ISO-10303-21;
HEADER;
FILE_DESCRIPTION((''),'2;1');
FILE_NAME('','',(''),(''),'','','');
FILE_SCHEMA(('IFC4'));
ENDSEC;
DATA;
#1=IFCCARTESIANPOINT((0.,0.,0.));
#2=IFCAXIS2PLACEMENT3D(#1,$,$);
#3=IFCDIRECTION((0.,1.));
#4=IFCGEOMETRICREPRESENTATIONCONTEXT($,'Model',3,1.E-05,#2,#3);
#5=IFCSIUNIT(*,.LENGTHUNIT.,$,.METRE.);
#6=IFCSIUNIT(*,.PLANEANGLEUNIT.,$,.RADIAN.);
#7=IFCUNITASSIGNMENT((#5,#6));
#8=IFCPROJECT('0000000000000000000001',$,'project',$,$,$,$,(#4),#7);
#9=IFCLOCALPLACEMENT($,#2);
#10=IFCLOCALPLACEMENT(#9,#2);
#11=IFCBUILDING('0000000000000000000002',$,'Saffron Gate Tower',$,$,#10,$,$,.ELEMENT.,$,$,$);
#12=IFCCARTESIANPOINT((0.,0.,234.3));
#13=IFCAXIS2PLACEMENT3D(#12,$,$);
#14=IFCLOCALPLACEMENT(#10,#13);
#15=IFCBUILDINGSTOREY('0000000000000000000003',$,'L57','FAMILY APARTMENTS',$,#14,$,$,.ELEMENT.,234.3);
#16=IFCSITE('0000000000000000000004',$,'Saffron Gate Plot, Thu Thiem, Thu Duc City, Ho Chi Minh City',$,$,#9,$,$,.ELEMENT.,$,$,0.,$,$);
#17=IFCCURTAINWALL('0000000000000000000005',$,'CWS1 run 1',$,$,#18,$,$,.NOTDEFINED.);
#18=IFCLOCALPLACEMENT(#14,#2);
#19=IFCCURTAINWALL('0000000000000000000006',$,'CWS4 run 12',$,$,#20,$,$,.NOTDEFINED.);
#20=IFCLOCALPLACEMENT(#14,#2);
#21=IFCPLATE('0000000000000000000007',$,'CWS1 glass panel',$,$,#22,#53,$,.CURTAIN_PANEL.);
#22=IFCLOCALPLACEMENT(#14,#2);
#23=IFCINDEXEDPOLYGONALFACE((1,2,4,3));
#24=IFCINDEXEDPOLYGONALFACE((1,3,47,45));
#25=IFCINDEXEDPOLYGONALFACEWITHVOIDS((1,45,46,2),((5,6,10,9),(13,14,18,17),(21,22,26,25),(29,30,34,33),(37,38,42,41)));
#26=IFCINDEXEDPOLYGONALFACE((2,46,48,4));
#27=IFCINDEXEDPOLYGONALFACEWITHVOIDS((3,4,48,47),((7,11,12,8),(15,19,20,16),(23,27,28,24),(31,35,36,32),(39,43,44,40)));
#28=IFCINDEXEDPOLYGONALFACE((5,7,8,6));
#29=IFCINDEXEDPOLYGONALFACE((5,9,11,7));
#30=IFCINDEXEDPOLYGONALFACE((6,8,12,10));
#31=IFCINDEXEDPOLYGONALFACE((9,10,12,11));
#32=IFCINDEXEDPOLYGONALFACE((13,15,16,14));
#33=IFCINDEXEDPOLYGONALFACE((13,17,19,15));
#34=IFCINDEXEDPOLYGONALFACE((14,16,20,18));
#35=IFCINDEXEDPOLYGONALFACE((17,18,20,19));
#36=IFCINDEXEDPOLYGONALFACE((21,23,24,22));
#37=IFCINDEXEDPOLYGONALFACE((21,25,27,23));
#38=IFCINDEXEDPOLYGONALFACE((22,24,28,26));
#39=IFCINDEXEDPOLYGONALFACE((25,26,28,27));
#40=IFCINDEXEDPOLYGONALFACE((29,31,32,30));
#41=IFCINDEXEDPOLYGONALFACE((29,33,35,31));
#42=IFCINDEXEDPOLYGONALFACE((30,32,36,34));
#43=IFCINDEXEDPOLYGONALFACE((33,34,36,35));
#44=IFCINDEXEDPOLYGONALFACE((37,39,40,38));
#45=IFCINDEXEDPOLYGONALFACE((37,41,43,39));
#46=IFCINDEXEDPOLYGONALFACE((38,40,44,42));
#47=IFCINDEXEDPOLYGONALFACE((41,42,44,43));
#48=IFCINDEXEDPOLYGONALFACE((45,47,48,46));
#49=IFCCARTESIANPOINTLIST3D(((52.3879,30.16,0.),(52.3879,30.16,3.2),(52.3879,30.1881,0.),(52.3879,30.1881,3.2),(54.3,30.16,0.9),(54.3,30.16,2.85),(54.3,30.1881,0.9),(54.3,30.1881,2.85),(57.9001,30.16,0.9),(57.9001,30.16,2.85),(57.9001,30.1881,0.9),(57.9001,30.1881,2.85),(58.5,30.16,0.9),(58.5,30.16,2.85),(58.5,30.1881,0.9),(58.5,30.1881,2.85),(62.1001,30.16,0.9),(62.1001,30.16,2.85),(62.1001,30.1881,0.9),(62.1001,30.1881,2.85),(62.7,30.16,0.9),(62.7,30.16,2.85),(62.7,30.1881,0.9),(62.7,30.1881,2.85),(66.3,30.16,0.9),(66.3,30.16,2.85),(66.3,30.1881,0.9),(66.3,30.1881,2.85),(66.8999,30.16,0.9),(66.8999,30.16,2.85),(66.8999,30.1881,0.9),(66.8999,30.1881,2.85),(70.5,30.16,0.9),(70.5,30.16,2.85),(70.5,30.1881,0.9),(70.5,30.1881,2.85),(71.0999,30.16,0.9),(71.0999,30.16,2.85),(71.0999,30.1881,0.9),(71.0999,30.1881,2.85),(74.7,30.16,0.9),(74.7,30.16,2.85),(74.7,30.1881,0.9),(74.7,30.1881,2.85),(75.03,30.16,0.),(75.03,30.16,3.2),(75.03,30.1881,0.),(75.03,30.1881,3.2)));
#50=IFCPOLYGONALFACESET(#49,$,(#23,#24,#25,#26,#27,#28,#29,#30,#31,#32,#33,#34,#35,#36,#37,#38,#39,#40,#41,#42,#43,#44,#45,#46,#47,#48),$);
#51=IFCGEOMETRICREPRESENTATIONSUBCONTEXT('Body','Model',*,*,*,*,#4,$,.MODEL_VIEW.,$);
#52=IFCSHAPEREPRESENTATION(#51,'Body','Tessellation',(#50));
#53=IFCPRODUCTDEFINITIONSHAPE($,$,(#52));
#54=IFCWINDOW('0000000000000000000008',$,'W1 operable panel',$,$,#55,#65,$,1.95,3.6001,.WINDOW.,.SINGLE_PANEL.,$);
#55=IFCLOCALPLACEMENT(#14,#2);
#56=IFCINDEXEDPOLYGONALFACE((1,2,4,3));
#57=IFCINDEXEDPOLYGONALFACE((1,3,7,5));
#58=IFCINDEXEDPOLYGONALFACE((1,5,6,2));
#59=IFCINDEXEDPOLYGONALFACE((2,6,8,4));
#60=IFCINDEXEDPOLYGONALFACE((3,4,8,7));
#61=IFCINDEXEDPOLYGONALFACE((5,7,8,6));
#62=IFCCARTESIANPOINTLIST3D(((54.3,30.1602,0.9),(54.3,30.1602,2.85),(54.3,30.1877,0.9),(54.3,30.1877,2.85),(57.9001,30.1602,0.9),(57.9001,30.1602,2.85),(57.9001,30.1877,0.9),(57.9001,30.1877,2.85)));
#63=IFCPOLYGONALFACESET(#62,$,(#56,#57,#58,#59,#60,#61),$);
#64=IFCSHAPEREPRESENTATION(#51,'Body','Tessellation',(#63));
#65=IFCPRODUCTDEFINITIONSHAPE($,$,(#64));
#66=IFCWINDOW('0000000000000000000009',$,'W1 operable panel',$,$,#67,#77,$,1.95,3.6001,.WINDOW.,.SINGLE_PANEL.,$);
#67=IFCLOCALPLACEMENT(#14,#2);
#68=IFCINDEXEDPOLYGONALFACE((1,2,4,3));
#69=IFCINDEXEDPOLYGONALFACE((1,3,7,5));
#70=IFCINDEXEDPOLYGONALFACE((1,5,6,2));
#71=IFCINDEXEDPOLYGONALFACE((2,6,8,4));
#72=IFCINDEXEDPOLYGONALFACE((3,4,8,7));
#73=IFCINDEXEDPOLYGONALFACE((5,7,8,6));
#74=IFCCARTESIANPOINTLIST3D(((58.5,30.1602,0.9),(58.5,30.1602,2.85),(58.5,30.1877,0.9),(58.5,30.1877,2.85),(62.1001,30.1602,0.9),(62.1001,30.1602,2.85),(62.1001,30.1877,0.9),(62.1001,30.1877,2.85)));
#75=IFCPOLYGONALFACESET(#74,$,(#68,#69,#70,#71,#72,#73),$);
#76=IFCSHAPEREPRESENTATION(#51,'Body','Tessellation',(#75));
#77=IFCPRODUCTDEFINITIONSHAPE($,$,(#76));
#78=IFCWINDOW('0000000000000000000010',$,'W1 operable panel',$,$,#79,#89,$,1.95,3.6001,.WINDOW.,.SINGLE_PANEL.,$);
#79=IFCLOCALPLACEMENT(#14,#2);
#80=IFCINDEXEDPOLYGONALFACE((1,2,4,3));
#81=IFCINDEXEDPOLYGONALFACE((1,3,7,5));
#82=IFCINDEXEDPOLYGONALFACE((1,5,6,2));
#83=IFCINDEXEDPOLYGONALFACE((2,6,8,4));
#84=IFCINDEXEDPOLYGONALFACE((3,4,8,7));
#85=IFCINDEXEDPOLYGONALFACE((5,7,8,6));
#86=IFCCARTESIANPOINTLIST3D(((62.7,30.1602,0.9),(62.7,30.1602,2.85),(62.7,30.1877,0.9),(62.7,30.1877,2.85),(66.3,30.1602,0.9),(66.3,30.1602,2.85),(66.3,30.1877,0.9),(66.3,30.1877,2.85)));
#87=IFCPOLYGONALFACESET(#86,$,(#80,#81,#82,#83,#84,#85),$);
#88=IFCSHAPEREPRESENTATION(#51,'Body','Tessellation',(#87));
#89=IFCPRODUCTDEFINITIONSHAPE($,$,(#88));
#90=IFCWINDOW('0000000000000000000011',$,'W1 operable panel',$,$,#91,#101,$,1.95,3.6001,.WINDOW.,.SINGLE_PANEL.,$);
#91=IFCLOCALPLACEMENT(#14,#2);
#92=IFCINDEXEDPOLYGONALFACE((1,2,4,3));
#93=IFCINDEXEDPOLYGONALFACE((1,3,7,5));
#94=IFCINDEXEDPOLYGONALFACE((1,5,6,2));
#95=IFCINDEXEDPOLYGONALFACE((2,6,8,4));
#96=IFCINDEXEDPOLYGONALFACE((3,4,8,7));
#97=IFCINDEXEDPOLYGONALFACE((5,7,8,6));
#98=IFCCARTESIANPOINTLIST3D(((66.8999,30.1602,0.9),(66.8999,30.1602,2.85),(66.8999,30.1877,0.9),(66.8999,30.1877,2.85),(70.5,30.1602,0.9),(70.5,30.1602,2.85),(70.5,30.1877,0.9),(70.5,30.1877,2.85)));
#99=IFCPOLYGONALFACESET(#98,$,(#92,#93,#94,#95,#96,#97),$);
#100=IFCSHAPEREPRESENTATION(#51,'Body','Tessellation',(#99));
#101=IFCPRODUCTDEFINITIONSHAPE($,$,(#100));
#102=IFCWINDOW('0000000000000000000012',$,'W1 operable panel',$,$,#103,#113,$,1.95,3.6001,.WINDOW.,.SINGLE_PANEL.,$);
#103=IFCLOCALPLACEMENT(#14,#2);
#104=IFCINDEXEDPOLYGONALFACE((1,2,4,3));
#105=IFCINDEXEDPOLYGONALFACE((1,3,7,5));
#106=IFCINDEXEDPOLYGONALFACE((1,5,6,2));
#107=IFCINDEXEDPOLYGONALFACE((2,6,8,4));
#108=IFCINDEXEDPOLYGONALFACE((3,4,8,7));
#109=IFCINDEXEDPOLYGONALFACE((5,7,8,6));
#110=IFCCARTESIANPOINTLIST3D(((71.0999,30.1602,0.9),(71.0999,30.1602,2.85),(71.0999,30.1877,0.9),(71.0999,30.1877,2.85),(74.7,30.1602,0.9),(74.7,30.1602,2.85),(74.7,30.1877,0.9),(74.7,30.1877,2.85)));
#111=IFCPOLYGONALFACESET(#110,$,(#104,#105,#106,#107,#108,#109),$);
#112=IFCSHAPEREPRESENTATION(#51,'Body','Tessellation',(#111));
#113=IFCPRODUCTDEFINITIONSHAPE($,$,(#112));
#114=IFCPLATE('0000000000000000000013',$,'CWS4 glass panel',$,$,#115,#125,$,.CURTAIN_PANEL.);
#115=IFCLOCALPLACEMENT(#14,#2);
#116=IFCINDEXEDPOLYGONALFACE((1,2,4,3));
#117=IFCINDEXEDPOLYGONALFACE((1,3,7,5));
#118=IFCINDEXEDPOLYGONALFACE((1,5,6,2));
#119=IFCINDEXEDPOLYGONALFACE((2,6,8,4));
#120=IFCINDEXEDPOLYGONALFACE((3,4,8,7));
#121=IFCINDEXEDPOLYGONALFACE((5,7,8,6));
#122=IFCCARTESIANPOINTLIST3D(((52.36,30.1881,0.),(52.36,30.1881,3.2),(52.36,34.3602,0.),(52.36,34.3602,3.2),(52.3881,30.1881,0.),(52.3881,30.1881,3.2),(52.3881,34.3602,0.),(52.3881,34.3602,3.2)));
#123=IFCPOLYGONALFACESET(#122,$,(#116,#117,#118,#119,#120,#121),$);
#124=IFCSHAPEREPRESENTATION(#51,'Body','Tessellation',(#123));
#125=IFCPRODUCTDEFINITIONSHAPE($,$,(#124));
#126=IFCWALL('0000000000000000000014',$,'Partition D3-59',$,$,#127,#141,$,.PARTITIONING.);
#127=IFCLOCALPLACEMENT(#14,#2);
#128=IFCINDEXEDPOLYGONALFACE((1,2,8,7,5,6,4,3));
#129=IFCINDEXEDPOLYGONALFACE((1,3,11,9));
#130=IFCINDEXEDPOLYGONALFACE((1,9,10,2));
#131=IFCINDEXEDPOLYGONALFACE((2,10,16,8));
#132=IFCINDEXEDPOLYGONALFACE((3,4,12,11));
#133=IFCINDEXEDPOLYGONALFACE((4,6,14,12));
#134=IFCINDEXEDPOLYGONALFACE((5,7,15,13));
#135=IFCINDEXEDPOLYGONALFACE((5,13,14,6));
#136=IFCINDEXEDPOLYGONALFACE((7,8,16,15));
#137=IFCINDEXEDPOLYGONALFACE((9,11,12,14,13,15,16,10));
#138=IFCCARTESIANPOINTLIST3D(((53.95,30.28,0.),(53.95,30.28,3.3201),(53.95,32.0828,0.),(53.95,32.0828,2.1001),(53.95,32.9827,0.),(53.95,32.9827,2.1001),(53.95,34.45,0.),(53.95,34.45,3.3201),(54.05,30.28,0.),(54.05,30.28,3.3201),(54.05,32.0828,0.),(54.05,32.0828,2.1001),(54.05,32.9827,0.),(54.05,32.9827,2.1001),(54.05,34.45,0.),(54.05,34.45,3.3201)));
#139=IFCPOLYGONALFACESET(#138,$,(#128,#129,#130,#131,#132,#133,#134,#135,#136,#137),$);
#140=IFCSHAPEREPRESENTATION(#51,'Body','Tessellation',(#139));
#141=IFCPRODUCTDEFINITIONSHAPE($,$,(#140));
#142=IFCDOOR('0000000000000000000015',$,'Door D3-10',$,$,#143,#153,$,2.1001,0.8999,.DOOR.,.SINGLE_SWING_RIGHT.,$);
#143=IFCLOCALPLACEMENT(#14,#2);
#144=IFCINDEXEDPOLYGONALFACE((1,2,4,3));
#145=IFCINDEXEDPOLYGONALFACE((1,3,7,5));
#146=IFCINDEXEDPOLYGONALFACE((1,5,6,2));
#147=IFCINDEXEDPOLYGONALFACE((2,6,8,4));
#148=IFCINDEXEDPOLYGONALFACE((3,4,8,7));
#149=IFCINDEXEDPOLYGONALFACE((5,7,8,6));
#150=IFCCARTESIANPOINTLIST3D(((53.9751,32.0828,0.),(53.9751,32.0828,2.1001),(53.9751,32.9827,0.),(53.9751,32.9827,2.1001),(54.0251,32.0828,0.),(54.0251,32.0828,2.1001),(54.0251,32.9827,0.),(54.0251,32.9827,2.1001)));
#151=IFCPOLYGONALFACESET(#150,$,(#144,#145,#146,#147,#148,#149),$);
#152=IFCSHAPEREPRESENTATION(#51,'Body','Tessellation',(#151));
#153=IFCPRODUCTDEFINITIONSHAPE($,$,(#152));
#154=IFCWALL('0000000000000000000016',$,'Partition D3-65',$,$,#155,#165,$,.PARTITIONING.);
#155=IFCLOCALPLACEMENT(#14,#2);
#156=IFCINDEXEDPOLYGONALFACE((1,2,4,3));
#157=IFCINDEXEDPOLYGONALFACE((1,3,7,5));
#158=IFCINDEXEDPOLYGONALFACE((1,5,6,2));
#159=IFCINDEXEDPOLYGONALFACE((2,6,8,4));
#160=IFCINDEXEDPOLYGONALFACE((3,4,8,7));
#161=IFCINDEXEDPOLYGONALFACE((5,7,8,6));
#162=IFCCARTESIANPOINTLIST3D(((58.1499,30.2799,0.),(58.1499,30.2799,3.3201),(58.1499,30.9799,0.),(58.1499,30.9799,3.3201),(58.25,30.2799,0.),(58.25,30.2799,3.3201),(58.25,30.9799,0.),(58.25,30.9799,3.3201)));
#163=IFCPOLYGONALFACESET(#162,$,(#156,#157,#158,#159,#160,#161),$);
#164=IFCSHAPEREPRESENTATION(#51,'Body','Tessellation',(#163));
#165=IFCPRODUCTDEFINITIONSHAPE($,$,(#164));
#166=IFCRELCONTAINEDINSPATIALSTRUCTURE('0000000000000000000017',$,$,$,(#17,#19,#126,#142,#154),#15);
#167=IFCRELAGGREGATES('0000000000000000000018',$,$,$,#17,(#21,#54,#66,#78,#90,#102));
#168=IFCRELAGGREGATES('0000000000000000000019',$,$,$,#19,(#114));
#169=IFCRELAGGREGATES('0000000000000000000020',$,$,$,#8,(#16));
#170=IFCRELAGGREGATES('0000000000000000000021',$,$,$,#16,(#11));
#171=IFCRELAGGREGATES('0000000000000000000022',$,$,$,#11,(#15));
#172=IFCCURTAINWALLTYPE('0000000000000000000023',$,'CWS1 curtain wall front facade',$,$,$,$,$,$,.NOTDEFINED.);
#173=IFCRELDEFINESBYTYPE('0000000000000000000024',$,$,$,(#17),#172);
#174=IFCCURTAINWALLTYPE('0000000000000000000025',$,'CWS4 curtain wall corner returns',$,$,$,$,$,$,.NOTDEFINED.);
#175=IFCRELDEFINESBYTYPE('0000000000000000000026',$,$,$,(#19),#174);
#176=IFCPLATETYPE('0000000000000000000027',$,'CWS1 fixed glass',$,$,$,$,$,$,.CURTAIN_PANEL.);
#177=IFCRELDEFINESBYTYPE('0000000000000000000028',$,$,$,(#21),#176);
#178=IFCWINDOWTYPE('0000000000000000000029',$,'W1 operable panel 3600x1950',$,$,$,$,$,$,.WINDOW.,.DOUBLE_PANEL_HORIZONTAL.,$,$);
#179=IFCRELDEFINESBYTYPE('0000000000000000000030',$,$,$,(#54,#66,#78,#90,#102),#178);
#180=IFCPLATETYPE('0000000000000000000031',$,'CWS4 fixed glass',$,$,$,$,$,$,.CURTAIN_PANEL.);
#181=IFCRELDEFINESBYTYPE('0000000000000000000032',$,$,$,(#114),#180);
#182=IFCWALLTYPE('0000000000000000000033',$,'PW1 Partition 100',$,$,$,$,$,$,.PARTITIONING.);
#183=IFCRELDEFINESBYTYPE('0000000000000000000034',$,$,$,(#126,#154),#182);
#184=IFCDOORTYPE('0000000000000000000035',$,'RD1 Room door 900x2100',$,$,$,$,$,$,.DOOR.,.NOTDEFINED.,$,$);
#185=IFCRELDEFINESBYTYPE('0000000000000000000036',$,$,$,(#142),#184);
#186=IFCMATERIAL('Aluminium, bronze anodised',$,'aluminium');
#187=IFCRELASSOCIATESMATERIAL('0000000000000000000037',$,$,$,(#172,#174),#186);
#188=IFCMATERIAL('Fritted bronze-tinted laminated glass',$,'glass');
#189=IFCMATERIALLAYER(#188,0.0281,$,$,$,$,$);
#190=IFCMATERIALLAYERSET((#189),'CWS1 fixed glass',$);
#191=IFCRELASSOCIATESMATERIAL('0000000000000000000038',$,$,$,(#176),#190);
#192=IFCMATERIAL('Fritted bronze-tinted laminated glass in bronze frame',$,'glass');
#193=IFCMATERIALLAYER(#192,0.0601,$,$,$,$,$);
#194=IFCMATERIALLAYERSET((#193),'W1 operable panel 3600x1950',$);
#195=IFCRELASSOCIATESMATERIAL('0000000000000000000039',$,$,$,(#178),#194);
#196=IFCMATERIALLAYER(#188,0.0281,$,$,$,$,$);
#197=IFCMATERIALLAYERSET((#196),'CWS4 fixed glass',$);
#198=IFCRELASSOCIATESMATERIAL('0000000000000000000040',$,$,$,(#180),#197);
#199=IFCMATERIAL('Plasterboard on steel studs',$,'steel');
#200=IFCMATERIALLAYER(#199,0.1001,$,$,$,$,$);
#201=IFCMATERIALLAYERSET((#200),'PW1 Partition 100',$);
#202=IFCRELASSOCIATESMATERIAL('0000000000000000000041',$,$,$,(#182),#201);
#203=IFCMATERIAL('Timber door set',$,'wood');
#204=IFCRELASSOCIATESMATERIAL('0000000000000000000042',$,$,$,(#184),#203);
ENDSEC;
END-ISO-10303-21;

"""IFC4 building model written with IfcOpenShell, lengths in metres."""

from ifc_helpers import new_model, si_unit, direction, frame, frame_2d, origin, place, context, subcontext, project, spatial, rectangle, extrude, material, layer, layer_set, type_object, element, fill, aggregate, save


model = new_model("IFC4")

# Units and contexts
model_context = context("Model", 3, precision=1e-05, world=origin(), true_north=direction((0.0, 1.0)))
body_context = subcontext(model_context, "Body", "Model", "MODEL_VIEW")
ifc_project = project(units=[si_unit("LENGTHUNIT", "METRE"), si_unit("PLANEANGLEUNIT", "RADIAN")], contexts=[model_context])

# Site, building, storey
site_placement = place(None, origin())
site = spatial("IfcSite", under=ifc_project, at=site_placement, Name="Saffron Gate Plot, Thu Thiem, Thu Duc City, Ho Chi Minh City", CompositionType="ELEMENT", RefElevation=0.0)
building_placement = place(site_placement, origin())
building = spatial("IfcBuilding", under=site, at=building_placement, Name="Saffron Gate Tower", CompositionType="ELEMENT")
storey_placement = place(building_placement, frame((0.0, 0.0, 234.3)))
storey = spatial("IfcBuildingStorey", under=building, at=storey_placement, Name="L57", Description="FAMILY APARTMENTS", CompositionType="ELEMENT", Elevation=234.3)

# Curtain walls
ifc_material_1 = material(Name="Aluminium, bronze anodised", Category="aluminium")
curtain_wall_type_1 = type_object("IfcCurtainWallType", Name="CWS1 curtain wall front facade", PredefinedType="NOTDEFINED", material=ifc_material_1)
curtain_wall_1_placement = place(storey_placement, origin())
curtain_wall_1 = element("IfcCurtainWall", 1, at=curtain_wall_1_placement, inside=storey, type_object=curtain_wall_type_1, Name="CWS1 run 1", PredefinedType="NOTDEFINED")
curtain_wall_type_2 = type_object("IfcCurtainWallType", Name="CWS4 curtain wall corner returns", PredefinedType="NOTDEFINED", material=ifc_material_1)
curtain_wall_2_placement = place(storey_placement, origin())
curtain_wall_2 = element("IfcCurtainWall", 2, at=curtain_wall_2_placement, inside=storey, type_object=curtain_wall_type_2, Name="CWS4 run 12", PredefinedType="NOTDEFINED")

# Plate, openings, windows
ifc_material_2 = material(Name="Fritted bronze-tinted laminated glass", Category="glass")
ifc_layer_1 = layer(ifc_material_2, 0.0281)
ifc_layer_set_1 = layer_set([ifc_layer_1], Name="CWS1 fixed glass")
plate_type_1 = type_object("IfcPlateType", Name="CWS1 fixed glass", PredefinedType="CURTAIN_PANEL", material=ifc_layer_set_1)
plate_1_placement = place(storey_placement, frame((52.3879, 30.1741, 0.0), z_axis=(0.0, 0.0, 1.0), x_axis=(1.0, 0.0, 0.0)))
plate_1 = element("IfcPlate", 3, at=plate_1_placement, type_object=plate_type_1, Name="CWS1 glass panel", PredefinedType="CURTAIN_PANEL", context=body_context, shape_type="SweptSolid", body=[
    extrude(rectangle(XDim=22.6421, YDim=0.0281, at=frame_2d((11.321, 0.0))), origin(), (0.0, 0.0, 1.0), 3.2),
])
opening_1_placement = place(plate_1_placement, frame((1.9121, 0.0, 0.8999)))
opening_1 = element("IfcOpeningElement", 4, at=opening_1_placement, cuts=plate_1, PredefinedType="OPENING", context=body_context, shape_type="SweptSolid", body=[
    extrude(rectangle(XDim=3.6001, YDim=1.95, at=frame_2d((1.8, 0.9751))), frame((0.0, 0.0239, 0.0), z_axis=(0.0, -1.0, 0.0), x_axis=(1.0, 0.0, 0.0)), (0.0, 0.0, 1.0), 0.0481),
])
opening_2_placement = place(plate_1_placement, frame((6.1121, 0.0, 0.8999)))
opening_2 = element("IfcOpeningElement", 5, at=opening_2_placement, cuts=plate_1, PredefinedType="OPENING", context=body_context, shape_type="SweptSolid", body=[
    extrude(rectangle(XDim=3.6001, YDim=1.95, at=frame_2d((1.8, 0.9751))), frame((0.0, 0.0239, 0.0), z_axis=(0.0, -1.0, 0.0), x_axis=(1.0, 0.0, 0.0)), (0.0, 0.0, 1.0), 0.0481),
])
opening_3_placement = place(plate_1_placement, frame((10.312, 0.0, 0.8999)))
opening_3 = element("IfcOpeningElement", 6, at=opening_3_placement, cuts=plate_1, PredefinedType="OPENING", context=body_context, shape_type="SweptSolid", body=[
    extrude(rectangle(XDim=3.6001, YDim=1.95, at=frame_2d((1.8, 0.9751))), frame((0.0, 0.0239, 0.0), z_axis=(0.0, -1.0, 0.0), x_axis=(1.0, 0.0, 0.0)), (0.0, 0.0, 1.0), 0.0481),
])
opening_4_placement = place(plate_1_placement, frame((14.512, 0.0, 0.8999)))
opening_4 = element("IfcOpeningElement", 7, at=opening_4_placement, cuts=plate_1, PredefinedType="OPENING", context=body_context, shape_type="SweptSolid", body=[
    extrude(rectangle(XDim=3.6001, YDim=1.95, at=frame_2d((1.8, 0.9751))), frame((0.0, 0.0239, 0.0), z_axis=(0.0, -1.0, 0.0), x_axis=(1.0, 0.0, 0.0)), (0.0, 0.0, 1.0), 0.0481),
])
opening_5_placement = place(plate_1_placement, frame((18.7119, 0.0, 0.8999)))
opening_5 = element("IfcOpeningElement", 8, at=opening_5_placement, cuts=plate_1, PredefinedType="OPENING", context=body_context, shape_type="SweptSolid", body=[
    extrude(rectangle(XDim=3.6001, YDim=1.95, at=frame_2d((1.8, 0.9751))), frame((0.0, 0.0239, 0.0), z_axis=(0.0, -1.0, 0.0), x_axis=(1.0, 0.0, 0.0)), (0.0, 0.0, 1.0), 0.0481),
])
ifc_material_3 = material(Name="Fritted bronze-tinted laminated glass in bronze frame", Category="glass")
ifc_layer_2 = layer(ifc_material_3, 0.0601)
ifc_layer_set_2 = layer_set([ifc_layer_2], Name="W1 operable panel 3600x1950")
window_type = type_object("IfcWindowType", Name="W1 operable panel 3600x1950", PartitioningType="DOUBLE_PANEL_HORIZONTAL", PredefinedType="WINDOW", material=ifc_layer_set_2)
window_1_placement = place(opening_1_placement, origin())
window_1 = element("IfcWindow", 9, at=window_1_placement, type_object=window_type, Name="W1 operable panel", OverallHeight=1.95, OverallWidth=3.6001, PartitioningType="SINGLE_PANEL", PredefinedType="WINDOW", context=body_context, shape_type="SweptSolid", body=[
    extrude(rectangle(XDim=3.6001, YDim=1.95, at=frame_2d((1.8, 0.9751))), frame((0.0, 0.0137, 0.0), z_axis=(0.0, -1.0, 0.0), x_axis=(1.0, 0.0, 0.0)), (0.0, 0.0, 1.0), 0.0276),
])
fill(opening_1, window_1)
window_2_placement = place(opening_2_placement, origin())
window_2 = element("IfcWindow", 10, at=window_2_placement, type_object=window_type, Name="W1 operable panel", OverallHeight=1.95, OverallWidth=3.6001, PartitioningType="SINGLE_PANEL", PredefinedType="WINDOW", context=body_context, shape_type="SweptSolid", body=[
    extrude(rectangle(XDim=3.6001, YDim=1.95, at=frame_2d((1.8, 0.9751))), frame((0.0, 0.0137, 0.0), z_axis=(0.0, -1.0, 0.0), x_axis=(1.0, 0.0, 0.0)), (0.0, 0.0, 1.0), 0.0276),
])
fill(opening_2, window_2)
window_3_placement = place(opening_3_placement, origin())
window_3 = element("IfcWindow", 11, at=window_3_placement, type_object=window_type, Name="W1 operable panel", OverallHeight=1.95, OverallWidth=3.6001, PartitioningType="SINGLE_PANEL", PredefinedType="WINDOW", context=body_context, shape_type="SweptSolid", body=[
    extrude(rectangle(XDim=3.6001, YDim=1.95, at=frame_2d((1.8, 0.9751))), frame((0.0, 0.0137, 0.0), z_axis=(0.0, -1.0, 0.0), x_axis=(1.0, 0.0, 0.0)), (0.0, 0.0, 1.0), 0.0276),
])
fill(opening_3, window_3)
window_4_placement = place(opening_4_placement, origin())
window_4 = element("IfcWindow", 12, at=window_4_placement, type_object=window_type, Name="W1 operable panel", OverallHeight=1.95, OverallWidth=3.6001, PartitioningType="SINGLE_PANEL", PredefinedType="WINDOW", context=body_context, shape_type="SweptSolid", body=[
    extrude(rectangle(XDim=3.6001, YDim=1.95, at=frame_2d((1.8, 0.9751))), frame((0.0, 0.0137, 0.0), z_axis=(0.0, -1.0, 0.0), x_axis=(1.0, 0.0, 0.0)), (0.0, 0.0, 1.0), 0.0276),
])
fill(opening_4, window_4)
window_5_placement = place(opening_5_placement, origin())
window_5 = element("IfcWindow", 13, at=window_5_placement, type_object=window_type, Name="W1 operable panel", OverallHeight=1.95, OverallWidth=3.6001, PartitioningType="SINGLE_PANEL", PredefinedType="WINDOW", context=body_context, shape_type="SweptSolid", body=[
    extrude(rectangle(XDim=3.6001, YDim=1.95, at=frame_2d((1.8, 0.9751))), frame((0.0, 0.0137, 0.0), z_axis=(0.0, -1.0, 0.0), x_axis=(1.0, 0.0, 0.0)), (0.0, 0.0, 1.0), 0.0276),
])
fill(opening_5, window_5)
aggregate(curtain_wall_1, [plate_1, window_1, window_2, window_3, window_4, window_5])

# Plate
ifc_layer_3 = layer(ifc_material_2, 0.0281)
ifc_layer_set_3 = layer_set([ifc_layer_3], Name="CWS4 fixed glass")
plate_type_2 = type_object("IfcPlateType", Name="CWS4 fixed glass", PredefinedType="CURTAIN_PANEL", material=ifc_layer_set_3)
plate_2_placement = place(storey_placement, frame((52.374, 34.3601, 0.0), z_axis=(0.0, 0.0, 1.0), x_axis=(0.0, -1.0, 0.0)))
plate_2 = element("IfcPlate", 14, at=plate_2_placement, type_object=plate_type_2, Name="CWS4 glass panel", PredefinedType="CURTAIN_PANEL", context=body_context, shape_type="SweptSolid", body=[
    extrude(rectangle(XDim=4.1721, YDim=0.0281, at=frame_2d((2.0859, 0.0))), origin(), (0.0, 0.0, 1.0), 3.2),
])
aggregate(curtain_wall_2, [plate_2])

# Wall, opening, door
ifc_material_4 = material(Name="Plasterboard on steel studs", Category="steel")
ifc_layer_4 = layer(ifc_material_4, 0.1001)
ifc_layer_set_4 = layer_set([ifc_layer_4], Name="PW1 Partition 100")
wall_type = type_object("IfcWallType", Name="PW1 Partition 100", PredefinedType="PARTITIONING", material=ifc_layer_set_4)
wall_1_placement = place(storey_placement, frame((54.0, 30.28, 0.0), z_axis=(0.0, 0.0, 1.0), x_axis=(0.0, 1.0, 0.0)))
wall_1 = element("IfcWall", 15, at=wall_1_placement, inside=storey, type_object=wall_type, Name="Partition D3-59", PredefinedType="PARTITIONING", context=body_context, shape_type="SweptSolid", body=[
    extrude(rectangle(XDim=4.1699, YDim=0.1001, at=frame_2d((2.085, 0.0))), origin(), (0.0, 0.0, 1.0), 3.3201),
])
opening_6_placement = place(wall_1_placement, frame((1.8027, 0.0, 0.0)))
opening_6 = element("IfcOpeningElement", 16, at=opening_6_placement, cuts=wall_1, PredefinedType="OPENING", context=body_context, shape_type="SweptSolid", body=[
    extrude(rectangle(XDim=0.8999, YDim=2.1001, at=frame_2d((0.45, 1.05))), frame((0.0, 0.0601, 0.0), z_axis=(0.0, -1.0, 0.0), x_axis=(1.0, 0.0, 0.0)), (0.0, 0.0, 1.0), 0.1201),
])
ifc_material_5 = material(Name="Timber door set", Category="wood")
door_type = type_object("IfcDoorType", Name="RD1 Room door 900x2100", OperationType="NOTDEFINED", PredefinedType="DOOR", material=ifc_material_5)
door_1_placement = place(opening_6_placement, origin())
door_1 = element("IfcDoor", 17, at=door_1_placement, inside=storey, type_object=door_type, Name="Door D3-10", OperationType="SINGLE_SWING_RIGHT", OverallHeight=2.1001, OverallWidth=0.8999, PredefinedType="DOOR", context=body_context, shape_type="SweptSolid", body=[
    extrude(rectangle(XDim=0.8999, YDim=2.1001, at=frame_2d((0.45, 1.05))), frame((0.0, 0.0249, 0.0), z_axis=(0.0, -1.0, 0.0), x_axis=(1.0, 0.0, 0.0)), (0.0, 0.0, 1.0), 0.05),
])
fill(opening_6, door_1)

# Wall
wall_2_placement = place(storey_placement, frame((58.2, 30.98, 0.0), z_axis=(0.0, 0.0, 1.0), x_axis=(0.0, -1.0, 0.0)))
element("IfcWall", 18, at=wall_2_placement, inside=storey, type_object=wall_type, Name="Partition D3-65", PredefinedType="PARTITIONING", context=body_context, shape_type="SweptSolid", body=[
    extrude(rectangle(XDim=0.7, YDim=0.1001, at=frame_2d((0.3501, 0.0))), origin(), (0.0, 0.0, 1.0), 3.3201),
])

save(model, "model.ifc")
